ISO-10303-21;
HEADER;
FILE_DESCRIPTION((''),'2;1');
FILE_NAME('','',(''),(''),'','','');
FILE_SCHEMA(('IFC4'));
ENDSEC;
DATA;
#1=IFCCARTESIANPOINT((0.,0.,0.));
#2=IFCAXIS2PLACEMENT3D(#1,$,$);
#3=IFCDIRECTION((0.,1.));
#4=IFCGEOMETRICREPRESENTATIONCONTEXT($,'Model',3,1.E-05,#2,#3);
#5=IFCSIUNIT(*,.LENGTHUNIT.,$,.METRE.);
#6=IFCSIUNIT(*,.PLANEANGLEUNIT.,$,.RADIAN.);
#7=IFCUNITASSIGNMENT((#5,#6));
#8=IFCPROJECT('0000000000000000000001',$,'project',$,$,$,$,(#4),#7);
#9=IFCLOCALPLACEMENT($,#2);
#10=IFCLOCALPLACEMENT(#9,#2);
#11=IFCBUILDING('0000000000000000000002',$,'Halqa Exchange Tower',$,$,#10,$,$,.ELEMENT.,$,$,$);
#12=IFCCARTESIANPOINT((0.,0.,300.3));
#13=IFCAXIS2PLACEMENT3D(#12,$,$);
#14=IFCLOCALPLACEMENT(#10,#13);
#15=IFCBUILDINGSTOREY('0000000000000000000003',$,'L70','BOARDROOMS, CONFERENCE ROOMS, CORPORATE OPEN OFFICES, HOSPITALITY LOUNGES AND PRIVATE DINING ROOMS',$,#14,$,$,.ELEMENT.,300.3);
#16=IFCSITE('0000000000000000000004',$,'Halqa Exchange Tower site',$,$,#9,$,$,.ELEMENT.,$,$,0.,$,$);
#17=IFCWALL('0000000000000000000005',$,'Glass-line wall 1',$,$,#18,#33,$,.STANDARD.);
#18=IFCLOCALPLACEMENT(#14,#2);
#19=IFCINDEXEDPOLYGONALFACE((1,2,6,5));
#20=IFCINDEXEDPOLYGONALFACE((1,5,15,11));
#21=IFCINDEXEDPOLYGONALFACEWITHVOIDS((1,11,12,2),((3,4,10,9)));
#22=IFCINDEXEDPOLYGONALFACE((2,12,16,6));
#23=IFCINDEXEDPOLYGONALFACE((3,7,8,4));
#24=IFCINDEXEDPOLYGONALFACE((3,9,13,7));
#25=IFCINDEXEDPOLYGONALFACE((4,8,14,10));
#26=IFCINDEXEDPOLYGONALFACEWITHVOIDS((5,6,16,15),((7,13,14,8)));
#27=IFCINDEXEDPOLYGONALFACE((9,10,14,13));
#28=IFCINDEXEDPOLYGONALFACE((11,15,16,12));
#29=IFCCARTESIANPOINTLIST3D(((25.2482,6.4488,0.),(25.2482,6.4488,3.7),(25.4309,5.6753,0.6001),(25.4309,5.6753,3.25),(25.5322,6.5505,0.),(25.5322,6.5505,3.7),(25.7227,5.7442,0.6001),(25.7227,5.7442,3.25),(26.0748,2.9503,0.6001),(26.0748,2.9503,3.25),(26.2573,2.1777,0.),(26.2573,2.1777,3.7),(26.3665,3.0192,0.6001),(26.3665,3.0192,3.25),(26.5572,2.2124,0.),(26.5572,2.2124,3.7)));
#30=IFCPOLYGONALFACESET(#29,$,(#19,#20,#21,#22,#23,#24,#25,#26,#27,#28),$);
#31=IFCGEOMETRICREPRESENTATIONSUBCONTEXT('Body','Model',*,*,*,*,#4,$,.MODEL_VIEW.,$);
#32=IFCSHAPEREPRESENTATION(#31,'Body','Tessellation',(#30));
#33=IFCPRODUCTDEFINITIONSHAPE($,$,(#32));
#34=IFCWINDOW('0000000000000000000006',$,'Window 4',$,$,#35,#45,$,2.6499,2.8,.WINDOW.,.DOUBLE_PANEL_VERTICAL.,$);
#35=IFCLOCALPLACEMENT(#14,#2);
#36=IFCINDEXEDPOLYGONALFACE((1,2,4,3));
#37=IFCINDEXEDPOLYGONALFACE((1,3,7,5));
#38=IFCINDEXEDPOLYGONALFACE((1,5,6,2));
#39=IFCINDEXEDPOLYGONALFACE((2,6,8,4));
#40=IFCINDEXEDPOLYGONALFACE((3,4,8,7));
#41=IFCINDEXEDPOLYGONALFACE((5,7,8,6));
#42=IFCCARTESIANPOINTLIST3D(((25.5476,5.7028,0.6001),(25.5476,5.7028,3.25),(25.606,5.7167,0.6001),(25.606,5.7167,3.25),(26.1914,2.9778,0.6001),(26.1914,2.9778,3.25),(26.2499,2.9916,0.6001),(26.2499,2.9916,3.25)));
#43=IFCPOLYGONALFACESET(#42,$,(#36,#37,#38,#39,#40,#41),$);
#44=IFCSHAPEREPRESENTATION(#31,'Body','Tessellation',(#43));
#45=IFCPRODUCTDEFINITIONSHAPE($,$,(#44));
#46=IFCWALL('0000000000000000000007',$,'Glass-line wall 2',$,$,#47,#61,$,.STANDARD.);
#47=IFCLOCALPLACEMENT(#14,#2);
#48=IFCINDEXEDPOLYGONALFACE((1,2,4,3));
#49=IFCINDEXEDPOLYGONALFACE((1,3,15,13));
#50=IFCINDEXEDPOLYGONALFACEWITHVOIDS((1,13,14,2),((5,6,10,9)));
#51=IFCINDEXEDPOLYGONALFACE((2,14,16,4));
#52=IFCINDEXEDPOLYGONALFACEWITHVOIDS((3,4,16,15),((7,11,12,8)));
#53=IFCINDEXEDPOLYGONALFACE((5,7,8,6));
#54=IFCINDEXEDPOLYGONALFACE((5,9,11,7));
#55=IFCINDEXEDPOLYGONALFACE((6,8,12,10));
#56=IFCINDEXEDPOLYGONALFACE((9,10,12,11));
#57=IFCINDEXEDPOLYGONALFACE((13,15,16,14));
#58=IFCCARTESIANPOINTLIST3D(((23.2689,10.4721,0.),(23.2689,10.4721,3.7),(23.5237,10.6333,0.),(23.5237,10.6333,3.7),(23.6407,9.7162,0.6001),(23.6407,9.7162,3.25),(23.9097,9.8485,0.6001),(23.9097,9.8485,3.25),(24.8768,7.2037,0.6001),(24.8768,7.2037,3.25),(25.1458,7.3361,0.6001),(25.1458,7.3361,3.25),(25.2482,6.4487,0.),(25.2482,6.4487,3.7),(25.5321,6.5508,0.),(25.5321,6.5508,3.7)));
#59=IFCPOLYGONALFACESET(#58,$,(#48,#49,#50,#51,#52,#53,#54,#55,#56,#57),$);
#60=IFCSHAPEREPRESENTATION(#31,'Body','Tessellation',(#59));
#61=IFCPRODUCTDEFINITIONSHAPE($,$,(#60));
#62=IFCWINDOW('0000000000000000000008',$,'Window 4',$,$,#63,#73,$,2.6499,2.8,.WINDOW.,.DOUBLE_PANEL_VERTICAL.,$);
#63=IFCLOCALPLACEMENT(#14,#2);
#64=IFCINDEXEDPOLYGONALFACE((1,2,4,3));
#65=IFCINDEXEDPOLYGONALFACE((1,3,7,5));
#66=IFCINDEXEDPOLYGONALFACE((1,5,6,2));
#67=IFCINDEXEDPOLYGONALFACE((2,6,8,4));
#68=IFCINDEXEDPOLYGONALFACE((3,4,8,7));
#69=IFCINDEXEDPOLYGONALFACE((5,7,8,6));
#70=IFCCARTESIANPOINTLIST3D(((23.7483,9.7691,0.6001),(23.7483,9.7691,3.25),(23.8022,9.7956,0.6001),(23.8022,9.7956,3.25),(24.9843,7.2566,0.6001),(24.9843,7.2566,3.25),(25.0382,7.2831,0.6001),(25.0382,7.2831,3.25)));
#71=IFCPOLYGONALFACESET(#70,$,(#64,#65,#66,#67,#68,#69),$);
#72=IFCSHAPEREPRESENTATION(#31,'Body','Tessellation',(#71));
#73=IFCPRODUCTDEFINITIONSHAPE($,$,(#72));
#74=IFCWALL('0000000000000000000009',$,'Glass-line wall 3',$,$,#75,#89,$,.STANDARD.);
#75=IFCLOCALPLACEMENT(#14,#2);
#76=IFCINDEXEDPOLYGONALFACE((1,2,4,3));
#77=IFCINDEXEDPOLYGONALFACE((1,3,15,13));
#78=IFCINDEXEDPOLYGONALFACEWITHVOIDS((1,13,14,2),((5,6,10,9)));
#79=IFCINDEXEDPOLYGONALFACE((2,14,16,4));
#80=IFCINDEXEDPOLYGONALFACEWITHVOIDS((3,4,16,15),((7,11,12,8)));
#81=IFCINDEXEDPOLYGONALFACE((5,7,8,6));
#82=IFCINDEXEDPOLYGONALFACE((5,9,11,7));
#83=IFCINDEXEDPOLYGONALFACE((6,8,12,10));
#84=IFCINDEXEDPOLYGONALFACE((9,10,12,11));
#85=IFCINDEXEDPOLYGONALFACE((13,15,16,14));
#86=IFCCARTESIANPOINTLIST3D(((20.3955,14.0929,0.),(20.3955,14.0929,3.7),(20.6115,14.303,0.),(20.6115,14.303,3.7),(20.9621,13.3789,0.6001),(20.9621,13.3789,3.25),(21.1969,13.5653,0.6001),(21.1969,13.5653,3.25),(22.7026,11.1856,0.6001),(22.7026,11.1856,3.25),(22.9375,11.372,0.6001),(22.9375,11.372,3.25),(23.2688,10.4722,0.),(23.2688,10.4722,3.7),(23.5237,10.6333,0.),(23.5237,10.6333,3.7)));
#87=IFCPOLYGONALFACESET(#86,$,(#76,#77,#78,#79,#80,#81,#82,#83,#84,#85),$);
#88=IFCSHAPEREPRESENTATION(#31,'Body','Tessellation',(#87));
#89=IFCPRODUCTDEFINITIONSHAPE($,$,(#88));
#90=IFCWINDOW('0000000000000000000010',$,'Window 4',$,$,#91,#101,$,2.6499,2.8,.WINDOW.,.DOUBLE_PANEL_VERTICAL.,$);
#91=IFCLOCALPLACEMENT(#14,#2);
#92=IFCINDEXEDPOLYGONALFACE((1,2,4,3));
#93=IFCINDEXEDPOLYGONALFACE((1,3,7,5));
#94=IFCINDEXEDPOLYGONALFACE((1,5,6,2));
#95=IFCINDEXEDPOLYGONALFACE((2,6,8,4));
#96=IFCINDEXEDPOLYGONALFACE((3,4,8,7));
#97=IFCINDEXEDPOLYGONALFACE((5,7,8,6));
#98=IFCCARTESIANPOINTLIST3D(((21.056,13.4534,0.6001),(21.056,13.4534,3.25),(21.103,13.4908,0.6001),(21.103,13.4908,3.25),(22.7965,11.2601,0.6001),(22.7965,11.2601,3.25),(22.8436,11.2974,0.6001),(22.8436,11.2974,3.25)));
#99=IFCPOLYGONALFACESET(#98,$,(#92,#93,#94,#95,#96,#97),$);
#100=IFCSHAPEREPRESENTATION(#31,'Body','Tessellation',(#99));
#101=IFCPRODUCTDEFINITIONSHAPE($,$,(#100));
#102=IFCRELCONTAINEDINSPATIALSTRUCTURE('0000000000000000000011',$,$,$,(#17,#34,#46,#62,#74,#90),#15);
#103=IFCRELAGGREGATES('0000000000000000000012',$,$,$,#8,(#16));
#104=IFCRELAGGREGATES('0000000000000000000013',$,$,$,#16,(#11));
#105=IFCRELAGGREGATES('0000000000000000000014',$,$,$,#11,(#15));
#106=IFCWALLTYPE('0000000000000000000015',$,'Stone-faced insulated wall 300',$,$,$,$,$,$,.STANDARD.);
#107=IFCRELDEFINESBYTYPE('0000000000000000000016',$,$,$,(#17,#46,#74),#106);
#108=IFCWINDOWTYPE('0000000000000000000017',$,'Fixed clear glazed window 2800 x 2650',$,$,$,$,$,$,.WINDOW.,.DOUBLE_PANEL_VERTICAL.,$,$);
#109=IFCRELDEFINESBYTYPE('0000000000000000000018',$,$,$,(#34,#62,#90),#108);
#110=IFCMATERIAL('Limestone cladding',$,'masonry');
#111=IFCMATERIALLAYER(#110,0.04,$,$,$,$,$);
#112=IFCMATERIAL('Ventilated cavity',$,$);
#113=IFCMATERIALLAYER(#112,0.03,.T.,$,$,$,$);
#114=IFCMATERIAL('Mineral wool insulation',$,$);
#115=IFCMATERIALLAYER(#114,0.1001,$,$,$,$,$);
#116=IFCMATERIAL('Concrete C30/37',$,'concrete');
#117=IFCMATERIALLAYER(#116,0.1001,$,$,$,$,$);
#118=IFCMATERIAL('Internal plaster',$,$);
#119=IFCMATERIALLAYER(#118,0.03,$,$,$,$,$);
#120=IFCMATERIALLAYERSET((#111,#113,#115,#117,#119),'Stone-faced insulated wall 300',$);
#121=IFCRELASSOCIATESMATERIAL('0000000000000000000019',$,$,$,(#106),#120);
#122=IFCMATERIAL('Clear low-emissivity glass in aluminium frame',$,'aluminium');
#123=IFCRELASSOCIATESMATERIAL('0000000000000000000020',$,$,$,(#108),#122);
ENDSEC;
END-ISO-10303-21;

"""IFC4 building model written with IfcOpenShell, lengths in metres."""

from ifc_helpers import new_model, si_unit, direction, frame, frame_2d, origin, place, context, subcontext, project, spatial, polyline, rectangle, outline, extrude, material, layer, layer_set, type_object, element, fill, save


model = new_model("IFC4")

# Units and contexts
model_context = context("Model", 3, precision=1e-05, world=origin(), true_north=direction((0.0, 1.0)))
body_context = subcontext(model_context, "Body", "Model", "MODEL_VIEW")
ifc_project = project(units=[si_unit("LENGTHUNIT", "METRE"), si_unit("PLANEANGLEUNIT", "RADIAN")], contexts=[model_context])

# Site, building, storey
site_placement = place(None, origin())
site = spatial("IfcSite", under=ifc_project, at=site_placement, Name="Halqa Exchange Tower site", CompositionType="ELEMENT", RefElevation=0.0)
building_placement = place(site_placement, origin())
building = spatial("IfcBuilding", under=site, at=building_placement, Name="Halqa Exchange Tower", CompositionType="ELEMENT")
storey_placement = place(building_placement, frame((0.0, 0.0, 300.3)))
storey = spatial("IfcBuildingStorey", under=building, at=storey_placement, Name="L70", Description="BOARDROOMS, CONFERENCE ROOMS, CORPORATE OPEN OFFICES, HOSPITALITY LOUNGES AND PRIVATE DINING ROOMS", CompositionType="ELEMENT", Elevation=300.3)

# Shared definitions
ifc_material_1 = material(Name="Concrete C30/37", Category="concrete")

# Walls, openings, windows
ifc_material_2 = material(Name="Limestone cladding", Category="masonry")
ifc_layer_1 = layer(ifc_material_2, 0.04)
ifc_material_3 = material(Name="Ventilated cavity")
ifc_layer_2 = layer(ifc_material_3, 0.03, ventilated=True)
ifc_material_4 = material(Name="Mineral wool insulation")
ifc_layer_3 = layer(ifc_material_4, 0.1001)
ifc_layer_4 = layer(ifc_material_1, 0.1001)
ifc_material_5 = material(Name="Internal plaster")
ifc_layer_5 = layer(ifc_material_5, 0.03)
ifc_layer_set_1 = layer_set([ifc_layer_1, ifc_layer_2, ifc_layer_3, ifc_layer_4, ifc_layer_5], Name="Stone-faced insulated wall 300")
wall_type_1 = type_object("IfcWallType", Name="Stone-faced insulated wall 300", PredefinedType="STANDARD", material=ifc_layer_set_1)
wall_1_placement = place(storey_placement, frame((26.4072, 2.1951, 0.0), z_axis=(0.0, 0.0, 1.0), x_axis=(-0.229944, 0.973204, 0.0)))
wall_1 = element("IfcWall", 1, at=wall_1_placement, inside=storey, type_object=wall_type_1, Name="Glass-line wall 1", PredefinedType="STANDARD", context=body_context, shape_type="SweptSolid", body=[
    extrude(outline(polyline([(-0.0176, -0.1499), (4.4399, -0.1499), (4.4062, 0.1499), (0.0176, 0.1499), (-0.0176, -0.1499)])), origin(), (0.0, 0.0, 1.0), 3.7),
])
opening_1_placement = place(wall_1_placement, frame((0.8115, 0.0, 0.6001)))
opening_1 = element("IfcOpeningElement", 2, at=opening_1_placement, cuts=wall_1, PredefinedType="OPENING", context=body_context, shape_type="SweptSolid", body=[
    extrude(rectangle(XDim=2.8, YDim=2.6499, at=frame_2d((1.3999, 1.325))), frame((0.0, 0.1621, 0.0), z_axis=(0.0, -1.0, 0.0), x_axis=(1.0, 0.0, 0.0)), (0.0, 0.0, 1.0), 0.324),
])
ifc_material_6 = material(Name="Clear low-emissivity glass in aluminium frame", Category="aluminium")
window_type = type_object("IfcWindowType", Name="Fixed clear glazed window 2800 x 2650", PartitioningType="DOUBLE_PANEL_VERTICAL", PredefinedType="WINDOW", material=ifc_material_6)
window_1_placement = place(opening_1_placement, origin())
window_1 = element("IfcWindow", 3, at=window_1_placement, inside=storey, type_object=window_type, Name="Window 4", OverallHeight=2.6499, OverallWidth=2.8, PartitioningType="DOUBLE_PANEL_VERTICAL", PredefinedType="WINDOW", context=body_context, shape_type="SweptSolid", body=[
    extrude(rectangle(XDim=2.8, YDim=2.6499, at=frame_2d((1.3999, 1.325))), frame((0.0, 0.03, 0.0), z_axis=(0.0, -1.0, 0.0), x_axis=(1.0, 0.0, 0.0)), (0.0, 0.0, 1.0), 0.0601),
])
fill(opening_1, window_1)
wall_2_placement = place(storey_placement, frame((25.3901, 6.4998, 0.0), z_axis=(0.0, 0.0, 1.0), x_axis=(-0.441432, 0.897295, 0.0)))
wall_2 = element("IfcWall", 4, at=wall_2_placement, inside=storey, type_object=wall_type_1, Name="Glass-line wall 2", PredefinedType="STANDARD", context=body_context, shape_type="SweptSolid", body=[
    extrude(outline(polyline([(-0.0168, -0.1499), (4.533, -0.1499), (4.5007, 0.1499), (0.0168, 0.1499), (-0.0168, -0.1499)])), origin(), (0.0, 0.0, 1.0), 3.7),
])
opening_2_placement = place(wall_2_placement, frame((0.8584, 0.0, 0.6001)))
opening_2 = element("IfcOpeningElement", 5, at=opening_2_placement, cuts=wall_2, PredefinedType="OPENING", context=body_context, shape_type="SweptSolid", body=[
    extrude(rectangle(XDim=2.8, YDim=2.6499, at=frame_2d((1.3999, 1.325))), frame((0.0, 0.1621, 0.0), z_axis=(0.0, -1.0, 0.0), x_axis=(1.0, 0.0, 0.0)), (0.0, 0.0, 1.0), 0.324),
])
window_2_placement = place(opening_2_placement, origin())
window_2 = element("IfcWindow", 6, at=window_2_placement, inside=storey, type_object=window_type, Name="Window 4", OverallHeight=2.6499, OverallWidth=2.8, PartitioningType="DOUBLE_PANEL_VERTICAL", PredefinedType="WINDOW", context=body_context, shape_type="SweptSolid", body=[
    extrude(rectangle(XDim=2.8, YDim=2.6499, at=frame_2d((1.3999, 1.325))), frame((0.0, 0.03, 0.0), z_axis=(0.0, -1.0, 0.0), x_axis=(1.0, 0.0, 0.0)), (0.0, 0.0, 1.0), 0.0601),
])
fill(opening_2, window_2)
wall_3_placement = place(storey_placement, frame((23.3962, 10.5527, 0.0), z_axis=(0.0, 0.0, 1.0), x_axis=(-0.621626, 0.783314, 0.0)))
wall_3 = element("IfcWall", 7, at=wall_3_placement, inside=storey, type_object=wall_type_1, Name="Glass-line wall 3", PredefinedType="STANDARD", context=body_context, shape_type="SweptSolid", body=[
    extrude(outline(polyline([(-0.0161, -0.1499), (4.6687, -0.1499), (4.6384, 0.1499), (0.0161, 0.1499), (-0.0161, -0.1499)])), origin(), (0.0, 0.0, 1.0), 3.7),
])
opening_3_placement = place(wall_3_placement, frame((0.927, 0.0, 0.6001)))
opening_3 = element("IfcOpeningElement", 8, at=opening_3_placement, cuts=wall_3, PredefinedType="OPENING", context=body_context, shape_type="SweptSolid", body=[
    extrude(rectangle(XDim=2.8, YDim=2.6499, at=frame_2d((1.3999, 1.325))), frame((0.0, 0.1621, 0.0), z_axis=(0.0, -1.0, 0.0), x_axis=(1.0, 0.0, 0.0)), (0.0, 0.0, 1.0), 0.324),
])
window_3_placement = place(opening_3_placement, origin())
window_3 = element("IfcWindow", 9, at=window_3_placement, inside=storey, type_object=window_type, Name="Window 4", OverallHeight=2.6499, OverallWidth=2.8, PartitioningType="DOUBLE_PANEL_VERTICAL", PredefinedType="WINDOW", context=body_context, shape_type="SweptSolid", body=[
    extrude(rectangle(XDim=2.8, YDim=2.6499, at=frame_2d((1.3999, 1.325))), frame((0.0, 0.03, 0.0), z_axis=(0.0, -1.0, 0.0), x_axis=(1.0, 0.0, 0.0)), (0.0, 0.0, 1.0), 0.0601),
])
fill(opening_3, window_3)

save(model, "model.ifc")
